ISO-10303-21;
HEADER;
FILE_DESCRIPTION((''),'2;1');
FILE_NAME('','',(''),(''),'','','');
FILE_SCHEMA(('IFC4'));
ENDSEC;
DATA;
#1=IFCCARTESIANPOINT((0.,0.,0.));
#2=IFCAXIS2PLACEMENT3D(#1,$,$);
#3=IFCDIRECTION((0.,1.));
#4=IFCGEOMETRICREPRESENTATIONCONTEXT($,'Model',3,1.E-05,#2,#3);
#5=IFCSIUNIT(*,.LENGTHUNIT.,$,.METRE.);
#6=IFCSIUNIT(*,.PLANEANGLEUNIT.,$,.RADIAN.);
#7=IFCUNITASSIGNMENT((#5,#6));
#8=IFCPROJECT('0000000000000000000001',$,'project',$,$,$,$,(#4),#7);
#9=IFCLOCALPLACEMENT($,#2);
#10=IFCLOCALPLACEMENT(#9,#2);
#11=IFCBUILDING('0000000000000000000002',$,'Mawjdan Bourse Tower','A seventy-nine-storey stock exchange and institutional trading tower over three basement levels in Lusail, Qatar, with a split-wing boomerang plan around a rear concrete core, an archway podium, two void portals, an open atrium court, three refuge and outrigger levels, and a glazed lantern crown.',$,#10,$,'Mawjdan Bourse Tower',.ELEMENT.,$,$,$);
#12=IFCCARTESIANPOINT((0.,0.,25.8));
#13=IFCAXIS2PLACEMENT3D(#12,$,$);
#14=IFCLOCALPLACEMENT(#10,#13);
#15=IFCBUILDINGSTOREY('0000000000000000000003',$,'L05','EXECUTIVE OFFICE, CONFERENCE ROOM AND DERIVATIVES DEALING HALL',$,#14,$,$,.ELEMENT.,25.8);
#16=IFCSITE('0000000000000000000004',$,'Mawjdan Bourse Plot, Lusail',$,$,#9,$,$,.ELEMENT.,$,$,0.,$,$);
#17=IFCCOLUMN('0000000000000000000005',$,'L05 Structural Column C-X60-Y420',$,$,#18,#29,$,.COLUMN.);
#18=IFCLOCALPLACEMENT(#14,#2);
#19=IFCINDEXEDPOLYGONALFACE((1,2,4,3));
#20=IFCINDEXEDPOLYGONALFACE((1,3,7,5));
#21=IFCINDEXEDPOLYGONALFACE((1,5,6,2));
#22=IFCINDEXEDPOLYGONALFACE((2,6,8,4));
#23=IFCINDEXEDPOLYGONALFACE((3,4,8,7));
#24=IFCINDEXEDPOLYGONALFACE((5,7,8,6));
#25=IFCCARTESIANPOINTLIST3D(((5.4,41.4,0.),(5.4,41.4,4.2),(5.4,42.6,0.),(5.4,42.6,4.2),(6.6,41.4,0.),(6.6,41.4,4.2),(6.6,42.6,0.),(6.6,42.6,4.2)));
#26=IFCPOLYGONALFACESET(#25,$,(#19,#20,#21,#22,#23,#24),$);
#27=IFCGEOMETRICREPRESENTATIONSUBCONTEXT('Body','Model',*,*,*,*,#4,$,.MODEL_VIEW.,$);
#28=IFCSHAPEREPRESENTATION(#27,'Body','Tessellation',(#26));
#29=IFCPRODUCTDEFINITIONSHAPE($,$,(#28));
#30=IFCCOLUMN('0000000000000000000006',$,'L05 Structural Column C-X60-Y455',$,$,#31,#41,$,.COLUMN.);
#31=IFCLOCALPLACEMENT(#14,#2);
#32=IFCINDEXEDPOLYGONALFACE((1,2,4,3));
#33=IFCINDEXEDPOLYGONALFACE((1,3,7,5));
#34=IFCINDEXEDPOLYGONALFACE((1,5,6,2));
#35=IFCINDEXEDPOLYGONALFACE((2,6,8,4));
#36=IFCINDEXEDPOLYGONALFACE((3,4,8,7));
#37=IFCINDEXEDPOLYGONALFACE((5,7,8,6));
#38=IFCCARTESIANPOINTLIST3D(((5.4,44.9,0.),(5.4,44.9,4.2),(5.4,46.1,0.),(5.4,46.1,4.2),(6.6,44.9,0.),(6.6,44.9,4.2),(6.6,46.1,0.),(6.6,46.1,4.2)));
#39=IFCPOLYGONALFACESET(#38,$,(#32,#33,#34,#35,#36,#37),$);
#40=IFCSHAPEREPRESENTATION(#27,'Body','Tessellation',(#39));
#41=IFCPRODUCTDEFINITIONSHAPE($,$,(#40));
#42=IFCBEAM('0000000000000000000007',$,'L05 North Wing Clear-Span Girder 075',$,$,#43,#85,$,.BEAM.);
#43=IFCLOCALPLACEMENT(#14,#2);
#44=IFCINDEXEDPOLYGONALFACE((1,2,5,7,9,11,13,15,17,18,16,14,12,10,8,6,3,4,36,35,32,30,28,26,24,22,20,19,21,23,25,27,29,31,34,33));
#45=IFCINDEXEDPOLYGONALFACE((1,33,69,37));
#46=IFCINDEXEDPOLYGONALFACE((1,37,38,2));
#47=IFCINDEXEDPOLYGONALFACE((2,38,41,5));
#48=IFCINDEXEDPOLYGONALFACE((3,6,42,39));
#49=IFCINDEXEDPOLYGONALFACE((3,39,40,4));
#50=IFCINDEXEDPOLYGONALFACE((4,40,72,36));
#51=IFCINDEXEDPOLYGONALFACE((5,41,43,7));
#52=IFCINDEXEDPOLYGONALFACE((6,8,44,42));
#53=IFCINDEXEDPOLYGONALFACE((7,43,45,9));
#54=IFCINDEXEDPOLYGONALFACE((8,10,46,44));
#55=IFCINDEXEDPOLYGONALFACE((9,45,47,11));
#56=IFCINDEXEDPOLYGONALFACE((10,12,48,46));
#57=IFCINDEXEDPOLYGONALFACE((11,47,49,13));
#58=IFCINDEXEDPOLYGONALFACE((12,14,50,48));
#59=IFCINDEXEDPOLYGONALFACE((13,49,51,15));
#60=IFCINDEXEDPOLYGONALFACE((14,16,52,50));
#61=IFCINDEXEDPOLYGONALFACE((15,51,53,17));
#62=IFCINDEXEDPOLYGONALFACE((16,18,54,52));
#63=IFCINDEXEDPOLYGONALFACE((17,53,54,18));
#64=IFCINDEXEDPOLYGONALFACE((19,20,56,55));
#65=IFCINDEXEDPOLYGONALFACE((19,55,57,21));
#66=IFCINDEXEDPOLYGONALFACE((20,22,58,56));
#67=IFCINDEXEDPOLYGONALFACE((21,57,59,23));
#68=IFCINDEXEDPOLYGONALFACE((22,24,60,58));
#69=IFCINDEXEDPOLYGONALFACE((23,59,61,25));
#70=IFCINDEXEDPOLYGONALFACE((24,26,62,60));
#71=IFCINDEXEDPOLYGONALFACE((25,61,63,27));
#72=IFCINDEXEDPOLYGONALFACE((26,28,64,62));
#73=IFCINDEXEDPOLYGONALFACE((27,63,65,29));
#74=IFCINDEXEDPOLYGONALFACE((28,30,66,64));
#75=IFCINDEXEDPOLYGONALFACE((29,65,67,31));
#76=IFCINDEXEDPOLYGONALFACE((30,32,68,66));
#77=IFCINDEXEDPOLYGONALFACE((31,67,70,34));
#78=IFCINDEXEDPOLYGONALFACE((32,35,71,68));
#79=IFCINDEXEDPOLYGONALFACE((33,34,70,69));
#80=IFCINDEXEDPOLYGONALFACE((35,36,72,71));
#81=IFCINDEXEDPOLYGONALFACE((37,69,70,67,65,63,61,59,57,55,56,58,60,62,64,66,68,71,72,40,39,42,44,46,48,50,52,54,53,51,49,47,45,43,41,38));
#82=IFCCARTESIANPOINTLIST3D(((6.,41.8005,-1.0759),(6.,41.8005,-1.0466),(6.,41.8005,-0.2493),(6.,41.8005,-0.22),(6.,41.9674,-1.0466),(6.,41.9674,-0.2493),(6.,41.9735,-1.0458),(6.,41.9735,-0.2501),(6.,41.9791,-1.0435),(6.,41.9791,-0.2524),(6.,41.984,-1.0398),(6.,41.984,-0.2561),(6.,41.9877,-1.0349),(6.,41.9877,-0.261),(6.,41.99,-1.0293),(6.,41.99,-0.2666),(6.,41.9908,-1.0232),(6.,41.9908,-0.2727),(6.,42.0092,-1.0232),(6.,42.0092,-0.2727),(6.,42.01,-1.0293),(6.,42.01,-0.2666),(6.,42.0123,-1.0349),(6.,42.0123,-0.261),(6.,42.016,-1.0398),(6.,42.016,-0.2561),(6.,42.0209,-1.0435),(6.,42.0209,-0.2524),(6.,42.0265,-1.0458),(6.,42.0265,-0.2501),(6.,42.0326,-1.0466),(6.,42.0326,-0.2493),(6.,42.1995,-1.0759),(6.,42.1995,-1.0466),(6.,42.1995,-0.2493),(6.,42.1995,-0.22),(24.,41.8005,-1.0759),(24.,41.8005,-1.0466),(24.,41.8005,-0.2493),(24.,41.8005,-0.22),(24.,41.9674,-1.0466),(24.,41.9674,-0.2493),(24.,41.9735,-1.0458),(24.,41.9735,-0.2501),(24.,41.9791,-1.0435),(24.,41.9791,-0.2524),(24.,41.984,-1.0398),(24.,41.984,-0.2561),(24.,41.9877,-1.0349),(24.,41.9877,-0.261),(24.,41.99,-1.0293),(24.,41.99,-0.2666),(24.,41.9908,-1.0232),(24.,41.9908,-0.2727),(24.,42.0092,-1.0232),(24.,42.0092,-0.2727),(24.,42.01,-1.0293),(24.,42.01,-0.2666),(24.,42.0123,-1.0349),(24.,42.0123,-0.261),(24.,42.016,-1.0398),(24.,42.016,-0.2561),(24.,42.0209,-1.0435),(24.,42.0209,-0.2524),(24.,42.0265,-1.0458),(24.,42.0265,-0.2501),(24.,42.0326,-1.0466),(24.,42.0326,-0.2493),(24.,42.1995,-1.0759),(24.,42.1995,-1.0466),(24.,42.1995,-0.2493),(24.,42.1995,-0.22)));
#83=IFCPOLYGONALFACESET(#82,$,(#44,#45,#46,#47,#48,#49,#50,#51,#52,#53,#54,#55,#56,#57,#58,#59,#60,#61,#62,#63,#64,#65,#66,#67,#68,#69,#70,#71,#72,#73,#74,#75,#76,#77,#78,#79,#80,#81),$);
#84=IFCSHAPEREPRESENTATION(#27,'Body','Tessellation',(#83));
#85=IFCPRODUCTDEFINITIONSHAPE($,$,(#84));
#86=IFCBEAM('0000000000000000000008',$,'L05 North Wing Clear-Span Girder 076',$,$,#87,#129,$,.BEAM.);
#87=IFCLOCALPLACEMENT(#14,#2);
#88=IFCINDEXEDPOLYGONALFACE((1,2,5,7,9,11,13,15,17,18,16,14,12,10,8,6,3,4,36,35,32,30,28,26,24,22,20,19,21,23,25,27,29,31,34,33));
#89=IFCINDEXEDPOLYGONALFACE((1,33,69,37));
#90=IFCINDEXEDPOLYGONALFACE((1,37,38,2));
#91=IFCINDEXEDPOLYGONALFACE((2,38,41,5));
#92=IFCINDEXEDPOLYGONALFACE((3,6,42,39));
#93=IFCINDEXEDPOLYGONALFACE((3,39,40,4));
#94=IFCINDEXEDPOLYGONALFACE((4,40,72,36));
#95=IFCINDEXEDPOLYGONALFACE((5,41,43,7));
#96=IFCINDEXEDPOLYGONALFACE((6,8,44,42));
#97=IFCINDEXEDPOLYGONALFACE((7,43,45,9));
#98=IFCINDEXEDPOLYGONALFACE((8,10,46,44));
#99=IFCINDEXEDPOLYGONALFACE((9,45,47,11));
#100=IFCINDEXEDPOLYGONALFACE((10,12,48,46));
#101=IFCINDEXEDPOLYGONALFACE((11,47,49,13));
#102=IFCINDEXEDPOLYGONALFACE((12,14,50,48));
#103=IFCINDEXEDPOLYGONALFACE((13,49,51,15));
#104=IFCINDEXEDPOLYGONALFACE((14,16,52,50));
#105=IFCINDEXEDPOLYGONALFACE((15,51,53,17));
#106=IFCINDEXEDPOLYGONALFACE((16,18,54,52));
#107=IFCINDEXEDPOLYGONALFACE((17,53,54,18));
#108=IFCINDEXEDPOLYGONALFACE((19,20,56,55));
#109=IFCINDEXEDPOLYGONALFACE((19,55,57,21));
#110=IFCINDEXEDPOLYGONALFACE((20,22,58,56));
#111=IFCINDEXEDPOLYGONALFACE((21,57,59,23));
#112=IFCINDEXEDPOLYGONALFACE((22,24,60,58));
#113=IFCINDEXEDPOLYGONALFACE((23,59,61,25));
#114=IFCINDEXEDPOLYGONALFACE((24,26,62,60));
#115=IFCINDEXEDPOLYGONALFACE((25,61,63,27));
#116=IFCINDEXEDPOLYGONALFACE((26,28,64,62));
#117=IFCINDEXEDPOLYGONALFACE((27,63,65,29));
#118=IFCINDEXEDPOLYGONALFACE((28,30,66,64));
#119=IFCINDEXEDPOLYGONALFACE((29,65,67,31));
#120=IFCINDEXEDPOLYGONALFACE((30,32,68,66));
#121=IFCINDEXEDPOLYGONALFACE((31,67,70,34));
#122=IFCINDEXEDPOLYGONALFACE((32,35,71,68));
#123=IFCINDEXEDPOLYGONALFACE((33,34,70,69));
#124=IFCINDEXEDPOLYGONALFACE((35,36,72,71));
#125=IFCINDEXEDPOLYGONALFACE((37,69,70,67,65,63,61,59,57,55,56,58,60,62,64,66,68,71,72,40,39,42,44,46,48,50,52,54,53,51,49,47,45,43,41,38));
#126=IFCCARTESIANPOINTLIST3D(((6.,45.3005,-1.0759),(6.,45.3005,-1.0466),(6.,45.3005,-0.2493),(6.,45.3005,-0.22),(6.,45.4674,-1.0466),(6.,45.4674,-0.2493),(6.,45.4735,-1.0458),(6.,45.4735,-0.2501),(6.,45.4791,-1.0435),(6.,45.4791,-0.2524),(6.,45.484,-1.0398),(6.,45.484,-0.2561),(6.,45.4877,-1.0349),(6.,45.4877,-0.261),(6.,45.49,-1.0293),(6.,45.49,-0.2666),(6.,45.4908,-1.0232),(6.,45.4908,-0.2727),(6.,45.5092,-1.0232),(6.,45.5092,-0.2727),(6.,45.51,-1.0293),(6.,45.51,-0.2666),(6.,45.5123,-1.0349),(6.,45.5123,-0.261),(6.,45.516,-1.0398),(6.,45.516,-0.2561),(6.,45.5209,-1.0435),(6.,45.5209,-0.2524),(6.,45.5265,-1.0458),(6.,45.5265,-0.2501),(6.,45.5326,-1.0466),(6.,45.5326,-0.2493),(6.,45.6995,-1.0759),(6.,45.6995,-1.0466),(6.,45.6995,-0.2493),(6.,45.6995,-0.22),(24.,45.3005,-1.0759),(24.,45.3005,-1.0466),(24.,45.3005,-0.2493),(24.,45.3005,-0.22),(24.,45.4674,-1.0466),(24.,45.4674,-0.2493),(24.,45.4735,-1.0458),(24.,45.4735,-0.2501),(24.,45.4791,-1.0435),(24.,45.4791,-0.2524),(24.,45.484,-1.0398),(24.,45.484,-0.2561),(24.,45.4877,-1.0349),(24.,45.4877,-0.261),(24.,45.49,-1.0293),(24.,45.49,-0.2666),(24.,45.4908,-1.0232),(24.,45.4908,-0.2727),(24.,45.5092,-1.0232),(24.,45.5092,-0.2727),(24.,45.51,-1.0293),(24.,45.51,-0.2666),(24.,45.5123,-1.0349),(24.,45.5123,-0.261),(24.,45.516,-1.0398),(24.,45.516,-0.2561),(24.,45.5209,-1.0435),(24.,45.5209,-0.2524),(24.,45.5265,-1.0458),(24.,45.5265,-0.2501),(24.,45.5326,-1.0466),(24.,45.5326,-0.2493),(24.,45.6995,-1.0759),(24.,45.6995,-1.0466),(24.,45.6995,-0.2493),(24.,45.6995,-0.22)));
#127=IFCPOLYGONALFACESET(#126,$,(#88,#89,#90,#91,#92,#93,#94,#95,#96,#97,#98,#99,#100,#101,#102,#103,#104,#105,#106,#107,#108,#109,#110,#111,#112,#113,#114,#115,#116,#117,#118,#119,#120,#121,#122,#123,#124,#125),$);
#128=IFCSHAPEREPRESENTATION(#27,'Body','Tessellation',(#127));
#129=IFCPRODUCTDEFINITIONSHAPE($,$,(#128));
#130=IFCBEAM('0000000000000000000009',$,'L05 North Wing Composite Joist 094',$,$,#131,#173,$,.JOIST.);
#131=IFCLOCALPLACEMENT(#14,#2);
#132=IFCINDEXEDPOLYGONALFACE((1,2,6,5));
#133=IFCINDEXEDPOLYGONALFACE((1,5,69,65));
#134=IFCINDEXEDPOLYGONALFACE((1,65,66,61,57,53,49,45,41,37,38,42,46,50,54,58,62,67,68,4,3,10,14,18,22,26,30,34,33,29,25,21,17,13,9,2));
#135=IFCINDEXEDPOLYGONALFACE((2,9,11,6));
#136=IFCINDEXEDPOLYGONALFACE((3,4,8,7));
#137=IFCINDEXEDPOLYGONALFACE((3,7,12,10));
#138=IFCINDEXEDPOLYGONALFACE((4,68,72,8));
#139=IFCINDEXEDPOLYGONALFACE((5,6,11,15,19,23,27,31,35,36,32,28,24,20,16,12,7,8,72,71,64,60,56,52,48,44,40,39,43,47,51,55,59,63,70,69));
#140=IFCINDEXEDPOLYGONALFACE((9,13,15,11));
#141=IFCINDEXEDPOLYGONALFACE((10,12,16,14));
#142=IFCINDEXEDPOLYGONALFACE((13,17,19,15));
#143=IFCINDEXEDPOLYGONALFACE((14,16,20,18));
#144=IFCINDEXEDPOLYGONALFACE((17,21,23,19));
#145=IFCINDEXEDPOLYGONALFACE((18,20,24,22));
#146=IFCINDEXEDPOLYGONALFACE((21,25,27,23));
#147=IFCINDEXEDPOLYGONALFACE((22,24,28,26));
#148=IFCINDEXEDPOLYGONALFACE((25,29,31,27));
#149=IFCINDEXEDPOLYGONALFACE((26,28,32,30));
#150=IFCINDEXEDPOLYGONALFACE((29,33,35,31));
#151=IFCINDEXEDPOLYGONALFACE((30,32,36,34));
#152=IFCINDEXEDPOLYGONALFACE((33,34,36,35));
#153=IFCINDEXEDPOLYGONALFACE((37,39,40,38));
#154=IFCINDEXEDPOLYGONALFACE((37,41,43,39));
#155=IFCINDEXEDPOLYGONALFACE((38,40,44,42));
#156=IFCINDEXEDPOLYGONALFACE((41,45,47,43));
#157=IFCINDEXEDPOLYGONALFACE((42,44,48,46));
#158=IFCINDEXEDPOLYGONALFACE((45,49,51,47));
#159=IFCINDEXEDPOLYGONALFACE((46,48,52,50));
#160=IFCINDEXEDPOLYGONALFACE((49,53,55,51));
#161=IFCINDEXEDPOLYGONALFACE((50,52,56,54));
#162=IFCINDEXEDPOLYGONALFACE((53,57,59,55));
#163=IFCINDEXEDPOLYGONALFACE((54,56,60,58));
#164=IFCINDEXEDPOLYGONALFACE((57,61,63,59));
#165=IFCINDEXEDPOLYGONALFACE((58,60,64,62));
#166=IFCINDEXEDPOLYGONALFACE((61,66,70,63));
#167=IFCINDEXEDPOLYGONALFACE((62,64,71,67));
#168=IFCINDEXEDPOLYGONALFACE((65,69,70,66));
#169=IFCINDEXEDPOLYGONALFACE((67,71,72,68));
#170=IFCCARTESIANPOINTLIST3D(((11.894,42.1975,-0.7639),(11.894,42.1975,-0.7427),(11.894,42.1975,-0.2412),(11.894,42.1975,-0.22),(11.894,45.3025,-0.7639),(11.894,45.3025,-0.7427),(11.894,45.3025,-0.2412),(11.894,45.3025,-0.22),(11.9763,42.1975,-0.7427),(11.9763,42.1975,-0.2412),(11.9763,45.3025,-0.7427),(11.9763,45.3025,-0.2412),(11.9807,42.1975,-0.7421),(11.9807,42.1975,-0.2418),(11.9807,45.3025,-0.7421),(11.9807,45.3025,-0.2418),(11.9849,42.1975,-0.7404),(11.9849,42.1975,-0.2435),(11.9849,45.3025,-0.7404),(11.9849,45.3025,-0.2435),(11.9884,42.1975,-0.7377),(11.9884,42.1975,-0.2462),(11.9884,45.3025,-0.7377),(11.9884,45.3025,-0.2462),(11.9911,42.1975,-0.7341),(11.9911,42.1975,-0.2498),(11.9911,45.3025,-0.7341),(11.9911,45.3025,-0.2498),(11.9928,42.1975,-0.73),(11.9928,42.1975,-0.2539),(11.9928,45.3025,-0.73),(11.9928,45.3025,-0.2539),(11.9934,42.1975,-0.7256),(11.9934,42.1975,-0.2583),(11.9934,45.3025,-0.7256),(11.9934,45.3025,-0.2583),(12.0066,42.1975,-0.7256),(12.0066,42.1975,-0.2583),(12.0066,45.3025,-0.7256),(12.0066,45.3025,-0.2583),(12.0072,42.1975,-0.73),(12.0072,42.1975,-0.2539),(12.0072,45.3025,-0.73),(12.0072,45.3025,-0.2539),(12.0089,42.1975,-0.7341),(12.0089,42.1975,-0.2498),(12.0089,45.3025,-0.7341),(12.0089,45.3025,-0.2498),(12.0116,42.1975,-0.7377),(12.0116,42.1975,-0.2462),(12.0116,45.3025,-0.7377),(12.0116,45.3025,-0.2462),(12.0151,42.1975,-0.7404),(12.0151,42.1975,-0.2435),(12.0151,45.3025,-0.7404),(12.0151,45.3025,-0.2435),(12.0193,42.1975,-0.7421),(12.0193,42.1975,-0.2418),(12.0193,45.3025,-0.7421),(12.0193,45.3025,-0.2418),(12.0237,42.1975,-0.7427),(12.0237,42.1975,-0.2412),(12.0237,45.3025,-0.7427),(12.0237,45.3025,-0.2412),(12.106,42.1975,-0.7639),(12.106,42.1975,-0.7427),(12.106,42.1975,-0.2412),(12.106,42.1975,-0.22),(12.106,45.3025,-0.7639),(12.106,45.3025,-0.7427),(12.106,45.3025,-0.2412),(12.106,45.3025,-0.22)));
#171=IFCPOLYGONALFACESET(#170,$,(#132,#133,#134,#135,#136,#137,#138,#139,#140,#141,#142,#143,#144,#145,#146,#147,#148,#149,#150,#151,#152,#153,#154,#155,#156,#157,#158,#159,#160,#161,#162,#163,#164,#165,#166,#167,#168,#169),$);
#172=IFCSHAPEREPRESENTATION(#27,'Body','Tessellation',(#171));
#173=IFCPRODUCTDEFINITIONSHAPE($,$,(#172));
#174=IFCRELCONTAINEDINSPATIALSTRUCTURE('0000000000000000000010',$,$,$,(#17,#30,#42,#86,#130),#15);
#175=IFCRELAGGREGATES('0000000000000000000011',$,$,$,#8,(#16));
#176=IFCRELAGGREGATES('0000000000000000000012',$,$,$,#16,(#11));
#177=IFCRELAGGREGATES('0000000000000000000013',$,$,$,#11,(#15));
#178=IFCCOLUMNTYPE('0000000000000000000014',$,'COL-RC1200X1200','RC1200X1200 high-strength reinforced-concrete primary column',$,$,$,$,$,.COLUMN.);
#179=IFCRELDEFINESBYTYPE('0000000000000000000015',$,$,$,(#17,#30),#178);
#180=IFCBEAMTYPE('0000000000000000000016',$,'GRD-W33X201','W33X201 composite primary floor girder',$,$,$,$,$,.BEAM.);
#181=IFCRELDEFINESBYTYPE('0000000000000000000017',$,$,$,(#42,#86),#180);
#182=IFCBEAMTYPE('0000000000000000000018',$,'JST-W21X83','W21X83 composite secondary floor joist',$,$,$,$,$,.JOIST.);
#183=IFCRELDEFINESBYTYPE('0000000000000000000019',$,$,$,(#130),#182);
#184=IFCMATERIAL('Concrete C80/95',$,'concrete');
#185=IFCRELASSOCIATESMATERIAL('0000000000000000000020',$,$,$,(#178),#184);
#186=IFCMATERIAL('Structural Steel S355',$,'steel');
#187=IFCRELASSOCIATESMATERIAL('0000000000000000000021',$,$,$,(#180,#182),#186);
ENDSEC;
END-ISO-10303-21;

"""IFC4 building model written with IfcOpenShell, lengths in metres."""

from ifc_helpers import new_model, si_unit, direction, frame, origin, origin_2d, place, context, subcontext, project, spatial, rectangle, i_section, extrude, material, material_profile, profile_set, type_object, element, save


model = new_model("IFC4")

# Units and contexts
model_context = context("Model", 3, precision=1e-05, world=origin(), true_north=direction((0.0, 1.0)))
body_context = subcontext(model_context, "Body", "Model", "MODEL_VIEW")
ifc_project = project(units=[si_unit("LENGTHUNIT", "METRE"), si_unit("PLANEANGLEUNIT", "RADIAN")], contexts=[model_context])

# Site, building, storey
site_placement = place(None, origin())
site = spatial("IfcSite", under=ifc_project, at=site_placement, Name="Mawjdan Bourse Plot, Lusail", CompositionType="ELEMENT", RefElevation=0.0)
building_placement = place(site_placement, origin())
building = spatial("IfcBuilding", under=site, at=building_placement, Name="Mawjdan Bourse Tower", Description="A seventy-nine-storey stock exchange and institutional trading tower over three basement levels in Lusail, Qatar, with a split-wing boomerang plan around a rear concrete core, an archway podium, two void portals, an open atrium court, three refuge and outrigger levels, and a glazed lantern crown.", LongName="Mawjdan Bourse Tower", CompositionType="ELEMENT")
storey_placement = place(building_placement, frame((0.0, 0.0, 25.8)))
storey = spatial("IfcBuildingStorey", under=building, at=storey_placement, Name="L05", Description="EXECUTIVE OFFICE, CONFERENCE ROOM AND DERIVATIVES DEALING HALL", CompositionType="ELEMENT", Elevation=25.8)

# Columns
ifc_material_1 = material(Name="Concrete C80/95", Category="concrete")
ifc_material_profile_1 = material_profile(ifc_material_1, rectangle(XDim=1.2, YDim=1.2, at=origin_2d()), Name="RC1200X1200")
ifc_profile_set_1 = profile_set([ifc_material_profile_1], Name="Concrete C80/95")
column_type = type_object("IfcColumnType", Name="COL-RC1200X1200", Description="RC1200X1200 high-strength reinforced-concrete primary column", PredefinedType="COLUMN", material=ifc_profile_set_1)
for number, where, z_axis, x_axis, name in (
    (1, (6.0, 42.0, 0.0), (0.0, 0.0, 1.0), (1.0, 0.0, 0.0), "L05 Structural Column C-X60-Y420"),
    (2, (6.0, 45.5, 0.0), (0.0, 0.0, 1.0), (1.0, 0.0, 0.0), "L05 Structural Column C-X60-Y455"),
):
    element("IfcColumn", number, at=place(storey_placement, frame(where, z_axis=z_axis, x_axis=x_axis)), inside=storey, type_object=column_type, Name=name, PredefinedType="COLUMN", context=body_context, shape_type="SweptSolid", body=[
        extrude(rectangle(XDim=1.2, YDim=1.2, at=origin_2d()), origin(), (0.0, 0.0, 1.0), 4.2),
    ])

# Beams
ifc_material_2 = material(Name="Structural Steel S355", Category="steel")
ifc_material_profile_2 = material_profile(ifc_material_2, i_section(OverallWidth=0.3989, OverallDepth=0.856, WebThickness=0.0183, FlangeThickness=0.0293, FilletRadius=0.0234, at=origin_2d()), Name="W33X201")
ifc_profile_set_2 = profile_set([ifc_material_profile_2], Name="Structural Steel S355")
beam_type_1 = type_object("IfcBeamType", Name="GRD-W33X201", Description="W33X201 composite primary floor girder", PredefinedType="BEAM", material=ifc_profile_set_2)
for number, where, z_axis, x_axis, name in (
    (3, (6.0, 42.0, -0.6479), (1.0, 0.0, 0.0), (0.0, 1.0, 0.0), "L05 North Wing Clear-Span Girder 075"),
    (4, (6.0, 45.5, -0.6479), (1.0, 0.0, 0.0), (0.0, 1.0, 0.0), "L05 North Wing Clear-Span Girder 076"),
):
    element("IfcBeam", number, at=place(storey_placement, frame(where, z_axis=z_axis, x_axis=x_axis)), inside=storey, type_object=beam_type_1, Name=name, PredefinedType="BEAM", context=body_context, shape_type="SweptSolid", body=[
        extrude(i_section(OverallWidth=0.3989, OverallDepth=0.856, WebThickness=0.0183, FlangeThickness=0.0293, FilletRadius=0.0234, at=origin_2d()), origin(), (0.0, 0.0, 1.0), 18.0),
    ])
ifc_material_profile_3 = material_profile(ifc_material_2, i_section(OverallWidth=0.2119, OverallDepth=0.5439, WebThickness=0.0132, FlangeThickness=0.0212, FilletRadius=0.0171, at=origin_2d()), Name="W21X83")
ifc_profile_set_3 = profile_set([ifc_material_profile_3], Name="Structural Steel S355")
beam_type_2 = type_object("IfcBeamType", Name="JST-W21X83", Description="W21X83 composite secondary floor joist", PredefinedType="JOIST", material=ifc_profile_set_3)
for number, where, z_axis, x_axis, name in (
    (5, (12.0, 42.1975, -0.4919), (0.0, 1.0, 0.0), (-1.0, 0.0, 0.0), "L05 North Wing Composite Joist 094"),
):
    element("IfcBeam", number, at=place(storey_placement, frame(where, z_axis=z_axis, x_axis=x_axis)), inside=storey, type_object=beam_type_2, Name=name, PredefinedType="JOIST", context=body_context, shape_type="SweptSolid", body=[
        extrude(i_section(OverallWidth=0.2119, OverallDepth=0.5439, WebThickness=0.0132, FlangeThickness=0.0212, FilletRadius=0.0171, at=origin_2d()), origin(), (0.0, 0.0, 1.0), 3.105),
    ])

save(model, "model.ifc")
